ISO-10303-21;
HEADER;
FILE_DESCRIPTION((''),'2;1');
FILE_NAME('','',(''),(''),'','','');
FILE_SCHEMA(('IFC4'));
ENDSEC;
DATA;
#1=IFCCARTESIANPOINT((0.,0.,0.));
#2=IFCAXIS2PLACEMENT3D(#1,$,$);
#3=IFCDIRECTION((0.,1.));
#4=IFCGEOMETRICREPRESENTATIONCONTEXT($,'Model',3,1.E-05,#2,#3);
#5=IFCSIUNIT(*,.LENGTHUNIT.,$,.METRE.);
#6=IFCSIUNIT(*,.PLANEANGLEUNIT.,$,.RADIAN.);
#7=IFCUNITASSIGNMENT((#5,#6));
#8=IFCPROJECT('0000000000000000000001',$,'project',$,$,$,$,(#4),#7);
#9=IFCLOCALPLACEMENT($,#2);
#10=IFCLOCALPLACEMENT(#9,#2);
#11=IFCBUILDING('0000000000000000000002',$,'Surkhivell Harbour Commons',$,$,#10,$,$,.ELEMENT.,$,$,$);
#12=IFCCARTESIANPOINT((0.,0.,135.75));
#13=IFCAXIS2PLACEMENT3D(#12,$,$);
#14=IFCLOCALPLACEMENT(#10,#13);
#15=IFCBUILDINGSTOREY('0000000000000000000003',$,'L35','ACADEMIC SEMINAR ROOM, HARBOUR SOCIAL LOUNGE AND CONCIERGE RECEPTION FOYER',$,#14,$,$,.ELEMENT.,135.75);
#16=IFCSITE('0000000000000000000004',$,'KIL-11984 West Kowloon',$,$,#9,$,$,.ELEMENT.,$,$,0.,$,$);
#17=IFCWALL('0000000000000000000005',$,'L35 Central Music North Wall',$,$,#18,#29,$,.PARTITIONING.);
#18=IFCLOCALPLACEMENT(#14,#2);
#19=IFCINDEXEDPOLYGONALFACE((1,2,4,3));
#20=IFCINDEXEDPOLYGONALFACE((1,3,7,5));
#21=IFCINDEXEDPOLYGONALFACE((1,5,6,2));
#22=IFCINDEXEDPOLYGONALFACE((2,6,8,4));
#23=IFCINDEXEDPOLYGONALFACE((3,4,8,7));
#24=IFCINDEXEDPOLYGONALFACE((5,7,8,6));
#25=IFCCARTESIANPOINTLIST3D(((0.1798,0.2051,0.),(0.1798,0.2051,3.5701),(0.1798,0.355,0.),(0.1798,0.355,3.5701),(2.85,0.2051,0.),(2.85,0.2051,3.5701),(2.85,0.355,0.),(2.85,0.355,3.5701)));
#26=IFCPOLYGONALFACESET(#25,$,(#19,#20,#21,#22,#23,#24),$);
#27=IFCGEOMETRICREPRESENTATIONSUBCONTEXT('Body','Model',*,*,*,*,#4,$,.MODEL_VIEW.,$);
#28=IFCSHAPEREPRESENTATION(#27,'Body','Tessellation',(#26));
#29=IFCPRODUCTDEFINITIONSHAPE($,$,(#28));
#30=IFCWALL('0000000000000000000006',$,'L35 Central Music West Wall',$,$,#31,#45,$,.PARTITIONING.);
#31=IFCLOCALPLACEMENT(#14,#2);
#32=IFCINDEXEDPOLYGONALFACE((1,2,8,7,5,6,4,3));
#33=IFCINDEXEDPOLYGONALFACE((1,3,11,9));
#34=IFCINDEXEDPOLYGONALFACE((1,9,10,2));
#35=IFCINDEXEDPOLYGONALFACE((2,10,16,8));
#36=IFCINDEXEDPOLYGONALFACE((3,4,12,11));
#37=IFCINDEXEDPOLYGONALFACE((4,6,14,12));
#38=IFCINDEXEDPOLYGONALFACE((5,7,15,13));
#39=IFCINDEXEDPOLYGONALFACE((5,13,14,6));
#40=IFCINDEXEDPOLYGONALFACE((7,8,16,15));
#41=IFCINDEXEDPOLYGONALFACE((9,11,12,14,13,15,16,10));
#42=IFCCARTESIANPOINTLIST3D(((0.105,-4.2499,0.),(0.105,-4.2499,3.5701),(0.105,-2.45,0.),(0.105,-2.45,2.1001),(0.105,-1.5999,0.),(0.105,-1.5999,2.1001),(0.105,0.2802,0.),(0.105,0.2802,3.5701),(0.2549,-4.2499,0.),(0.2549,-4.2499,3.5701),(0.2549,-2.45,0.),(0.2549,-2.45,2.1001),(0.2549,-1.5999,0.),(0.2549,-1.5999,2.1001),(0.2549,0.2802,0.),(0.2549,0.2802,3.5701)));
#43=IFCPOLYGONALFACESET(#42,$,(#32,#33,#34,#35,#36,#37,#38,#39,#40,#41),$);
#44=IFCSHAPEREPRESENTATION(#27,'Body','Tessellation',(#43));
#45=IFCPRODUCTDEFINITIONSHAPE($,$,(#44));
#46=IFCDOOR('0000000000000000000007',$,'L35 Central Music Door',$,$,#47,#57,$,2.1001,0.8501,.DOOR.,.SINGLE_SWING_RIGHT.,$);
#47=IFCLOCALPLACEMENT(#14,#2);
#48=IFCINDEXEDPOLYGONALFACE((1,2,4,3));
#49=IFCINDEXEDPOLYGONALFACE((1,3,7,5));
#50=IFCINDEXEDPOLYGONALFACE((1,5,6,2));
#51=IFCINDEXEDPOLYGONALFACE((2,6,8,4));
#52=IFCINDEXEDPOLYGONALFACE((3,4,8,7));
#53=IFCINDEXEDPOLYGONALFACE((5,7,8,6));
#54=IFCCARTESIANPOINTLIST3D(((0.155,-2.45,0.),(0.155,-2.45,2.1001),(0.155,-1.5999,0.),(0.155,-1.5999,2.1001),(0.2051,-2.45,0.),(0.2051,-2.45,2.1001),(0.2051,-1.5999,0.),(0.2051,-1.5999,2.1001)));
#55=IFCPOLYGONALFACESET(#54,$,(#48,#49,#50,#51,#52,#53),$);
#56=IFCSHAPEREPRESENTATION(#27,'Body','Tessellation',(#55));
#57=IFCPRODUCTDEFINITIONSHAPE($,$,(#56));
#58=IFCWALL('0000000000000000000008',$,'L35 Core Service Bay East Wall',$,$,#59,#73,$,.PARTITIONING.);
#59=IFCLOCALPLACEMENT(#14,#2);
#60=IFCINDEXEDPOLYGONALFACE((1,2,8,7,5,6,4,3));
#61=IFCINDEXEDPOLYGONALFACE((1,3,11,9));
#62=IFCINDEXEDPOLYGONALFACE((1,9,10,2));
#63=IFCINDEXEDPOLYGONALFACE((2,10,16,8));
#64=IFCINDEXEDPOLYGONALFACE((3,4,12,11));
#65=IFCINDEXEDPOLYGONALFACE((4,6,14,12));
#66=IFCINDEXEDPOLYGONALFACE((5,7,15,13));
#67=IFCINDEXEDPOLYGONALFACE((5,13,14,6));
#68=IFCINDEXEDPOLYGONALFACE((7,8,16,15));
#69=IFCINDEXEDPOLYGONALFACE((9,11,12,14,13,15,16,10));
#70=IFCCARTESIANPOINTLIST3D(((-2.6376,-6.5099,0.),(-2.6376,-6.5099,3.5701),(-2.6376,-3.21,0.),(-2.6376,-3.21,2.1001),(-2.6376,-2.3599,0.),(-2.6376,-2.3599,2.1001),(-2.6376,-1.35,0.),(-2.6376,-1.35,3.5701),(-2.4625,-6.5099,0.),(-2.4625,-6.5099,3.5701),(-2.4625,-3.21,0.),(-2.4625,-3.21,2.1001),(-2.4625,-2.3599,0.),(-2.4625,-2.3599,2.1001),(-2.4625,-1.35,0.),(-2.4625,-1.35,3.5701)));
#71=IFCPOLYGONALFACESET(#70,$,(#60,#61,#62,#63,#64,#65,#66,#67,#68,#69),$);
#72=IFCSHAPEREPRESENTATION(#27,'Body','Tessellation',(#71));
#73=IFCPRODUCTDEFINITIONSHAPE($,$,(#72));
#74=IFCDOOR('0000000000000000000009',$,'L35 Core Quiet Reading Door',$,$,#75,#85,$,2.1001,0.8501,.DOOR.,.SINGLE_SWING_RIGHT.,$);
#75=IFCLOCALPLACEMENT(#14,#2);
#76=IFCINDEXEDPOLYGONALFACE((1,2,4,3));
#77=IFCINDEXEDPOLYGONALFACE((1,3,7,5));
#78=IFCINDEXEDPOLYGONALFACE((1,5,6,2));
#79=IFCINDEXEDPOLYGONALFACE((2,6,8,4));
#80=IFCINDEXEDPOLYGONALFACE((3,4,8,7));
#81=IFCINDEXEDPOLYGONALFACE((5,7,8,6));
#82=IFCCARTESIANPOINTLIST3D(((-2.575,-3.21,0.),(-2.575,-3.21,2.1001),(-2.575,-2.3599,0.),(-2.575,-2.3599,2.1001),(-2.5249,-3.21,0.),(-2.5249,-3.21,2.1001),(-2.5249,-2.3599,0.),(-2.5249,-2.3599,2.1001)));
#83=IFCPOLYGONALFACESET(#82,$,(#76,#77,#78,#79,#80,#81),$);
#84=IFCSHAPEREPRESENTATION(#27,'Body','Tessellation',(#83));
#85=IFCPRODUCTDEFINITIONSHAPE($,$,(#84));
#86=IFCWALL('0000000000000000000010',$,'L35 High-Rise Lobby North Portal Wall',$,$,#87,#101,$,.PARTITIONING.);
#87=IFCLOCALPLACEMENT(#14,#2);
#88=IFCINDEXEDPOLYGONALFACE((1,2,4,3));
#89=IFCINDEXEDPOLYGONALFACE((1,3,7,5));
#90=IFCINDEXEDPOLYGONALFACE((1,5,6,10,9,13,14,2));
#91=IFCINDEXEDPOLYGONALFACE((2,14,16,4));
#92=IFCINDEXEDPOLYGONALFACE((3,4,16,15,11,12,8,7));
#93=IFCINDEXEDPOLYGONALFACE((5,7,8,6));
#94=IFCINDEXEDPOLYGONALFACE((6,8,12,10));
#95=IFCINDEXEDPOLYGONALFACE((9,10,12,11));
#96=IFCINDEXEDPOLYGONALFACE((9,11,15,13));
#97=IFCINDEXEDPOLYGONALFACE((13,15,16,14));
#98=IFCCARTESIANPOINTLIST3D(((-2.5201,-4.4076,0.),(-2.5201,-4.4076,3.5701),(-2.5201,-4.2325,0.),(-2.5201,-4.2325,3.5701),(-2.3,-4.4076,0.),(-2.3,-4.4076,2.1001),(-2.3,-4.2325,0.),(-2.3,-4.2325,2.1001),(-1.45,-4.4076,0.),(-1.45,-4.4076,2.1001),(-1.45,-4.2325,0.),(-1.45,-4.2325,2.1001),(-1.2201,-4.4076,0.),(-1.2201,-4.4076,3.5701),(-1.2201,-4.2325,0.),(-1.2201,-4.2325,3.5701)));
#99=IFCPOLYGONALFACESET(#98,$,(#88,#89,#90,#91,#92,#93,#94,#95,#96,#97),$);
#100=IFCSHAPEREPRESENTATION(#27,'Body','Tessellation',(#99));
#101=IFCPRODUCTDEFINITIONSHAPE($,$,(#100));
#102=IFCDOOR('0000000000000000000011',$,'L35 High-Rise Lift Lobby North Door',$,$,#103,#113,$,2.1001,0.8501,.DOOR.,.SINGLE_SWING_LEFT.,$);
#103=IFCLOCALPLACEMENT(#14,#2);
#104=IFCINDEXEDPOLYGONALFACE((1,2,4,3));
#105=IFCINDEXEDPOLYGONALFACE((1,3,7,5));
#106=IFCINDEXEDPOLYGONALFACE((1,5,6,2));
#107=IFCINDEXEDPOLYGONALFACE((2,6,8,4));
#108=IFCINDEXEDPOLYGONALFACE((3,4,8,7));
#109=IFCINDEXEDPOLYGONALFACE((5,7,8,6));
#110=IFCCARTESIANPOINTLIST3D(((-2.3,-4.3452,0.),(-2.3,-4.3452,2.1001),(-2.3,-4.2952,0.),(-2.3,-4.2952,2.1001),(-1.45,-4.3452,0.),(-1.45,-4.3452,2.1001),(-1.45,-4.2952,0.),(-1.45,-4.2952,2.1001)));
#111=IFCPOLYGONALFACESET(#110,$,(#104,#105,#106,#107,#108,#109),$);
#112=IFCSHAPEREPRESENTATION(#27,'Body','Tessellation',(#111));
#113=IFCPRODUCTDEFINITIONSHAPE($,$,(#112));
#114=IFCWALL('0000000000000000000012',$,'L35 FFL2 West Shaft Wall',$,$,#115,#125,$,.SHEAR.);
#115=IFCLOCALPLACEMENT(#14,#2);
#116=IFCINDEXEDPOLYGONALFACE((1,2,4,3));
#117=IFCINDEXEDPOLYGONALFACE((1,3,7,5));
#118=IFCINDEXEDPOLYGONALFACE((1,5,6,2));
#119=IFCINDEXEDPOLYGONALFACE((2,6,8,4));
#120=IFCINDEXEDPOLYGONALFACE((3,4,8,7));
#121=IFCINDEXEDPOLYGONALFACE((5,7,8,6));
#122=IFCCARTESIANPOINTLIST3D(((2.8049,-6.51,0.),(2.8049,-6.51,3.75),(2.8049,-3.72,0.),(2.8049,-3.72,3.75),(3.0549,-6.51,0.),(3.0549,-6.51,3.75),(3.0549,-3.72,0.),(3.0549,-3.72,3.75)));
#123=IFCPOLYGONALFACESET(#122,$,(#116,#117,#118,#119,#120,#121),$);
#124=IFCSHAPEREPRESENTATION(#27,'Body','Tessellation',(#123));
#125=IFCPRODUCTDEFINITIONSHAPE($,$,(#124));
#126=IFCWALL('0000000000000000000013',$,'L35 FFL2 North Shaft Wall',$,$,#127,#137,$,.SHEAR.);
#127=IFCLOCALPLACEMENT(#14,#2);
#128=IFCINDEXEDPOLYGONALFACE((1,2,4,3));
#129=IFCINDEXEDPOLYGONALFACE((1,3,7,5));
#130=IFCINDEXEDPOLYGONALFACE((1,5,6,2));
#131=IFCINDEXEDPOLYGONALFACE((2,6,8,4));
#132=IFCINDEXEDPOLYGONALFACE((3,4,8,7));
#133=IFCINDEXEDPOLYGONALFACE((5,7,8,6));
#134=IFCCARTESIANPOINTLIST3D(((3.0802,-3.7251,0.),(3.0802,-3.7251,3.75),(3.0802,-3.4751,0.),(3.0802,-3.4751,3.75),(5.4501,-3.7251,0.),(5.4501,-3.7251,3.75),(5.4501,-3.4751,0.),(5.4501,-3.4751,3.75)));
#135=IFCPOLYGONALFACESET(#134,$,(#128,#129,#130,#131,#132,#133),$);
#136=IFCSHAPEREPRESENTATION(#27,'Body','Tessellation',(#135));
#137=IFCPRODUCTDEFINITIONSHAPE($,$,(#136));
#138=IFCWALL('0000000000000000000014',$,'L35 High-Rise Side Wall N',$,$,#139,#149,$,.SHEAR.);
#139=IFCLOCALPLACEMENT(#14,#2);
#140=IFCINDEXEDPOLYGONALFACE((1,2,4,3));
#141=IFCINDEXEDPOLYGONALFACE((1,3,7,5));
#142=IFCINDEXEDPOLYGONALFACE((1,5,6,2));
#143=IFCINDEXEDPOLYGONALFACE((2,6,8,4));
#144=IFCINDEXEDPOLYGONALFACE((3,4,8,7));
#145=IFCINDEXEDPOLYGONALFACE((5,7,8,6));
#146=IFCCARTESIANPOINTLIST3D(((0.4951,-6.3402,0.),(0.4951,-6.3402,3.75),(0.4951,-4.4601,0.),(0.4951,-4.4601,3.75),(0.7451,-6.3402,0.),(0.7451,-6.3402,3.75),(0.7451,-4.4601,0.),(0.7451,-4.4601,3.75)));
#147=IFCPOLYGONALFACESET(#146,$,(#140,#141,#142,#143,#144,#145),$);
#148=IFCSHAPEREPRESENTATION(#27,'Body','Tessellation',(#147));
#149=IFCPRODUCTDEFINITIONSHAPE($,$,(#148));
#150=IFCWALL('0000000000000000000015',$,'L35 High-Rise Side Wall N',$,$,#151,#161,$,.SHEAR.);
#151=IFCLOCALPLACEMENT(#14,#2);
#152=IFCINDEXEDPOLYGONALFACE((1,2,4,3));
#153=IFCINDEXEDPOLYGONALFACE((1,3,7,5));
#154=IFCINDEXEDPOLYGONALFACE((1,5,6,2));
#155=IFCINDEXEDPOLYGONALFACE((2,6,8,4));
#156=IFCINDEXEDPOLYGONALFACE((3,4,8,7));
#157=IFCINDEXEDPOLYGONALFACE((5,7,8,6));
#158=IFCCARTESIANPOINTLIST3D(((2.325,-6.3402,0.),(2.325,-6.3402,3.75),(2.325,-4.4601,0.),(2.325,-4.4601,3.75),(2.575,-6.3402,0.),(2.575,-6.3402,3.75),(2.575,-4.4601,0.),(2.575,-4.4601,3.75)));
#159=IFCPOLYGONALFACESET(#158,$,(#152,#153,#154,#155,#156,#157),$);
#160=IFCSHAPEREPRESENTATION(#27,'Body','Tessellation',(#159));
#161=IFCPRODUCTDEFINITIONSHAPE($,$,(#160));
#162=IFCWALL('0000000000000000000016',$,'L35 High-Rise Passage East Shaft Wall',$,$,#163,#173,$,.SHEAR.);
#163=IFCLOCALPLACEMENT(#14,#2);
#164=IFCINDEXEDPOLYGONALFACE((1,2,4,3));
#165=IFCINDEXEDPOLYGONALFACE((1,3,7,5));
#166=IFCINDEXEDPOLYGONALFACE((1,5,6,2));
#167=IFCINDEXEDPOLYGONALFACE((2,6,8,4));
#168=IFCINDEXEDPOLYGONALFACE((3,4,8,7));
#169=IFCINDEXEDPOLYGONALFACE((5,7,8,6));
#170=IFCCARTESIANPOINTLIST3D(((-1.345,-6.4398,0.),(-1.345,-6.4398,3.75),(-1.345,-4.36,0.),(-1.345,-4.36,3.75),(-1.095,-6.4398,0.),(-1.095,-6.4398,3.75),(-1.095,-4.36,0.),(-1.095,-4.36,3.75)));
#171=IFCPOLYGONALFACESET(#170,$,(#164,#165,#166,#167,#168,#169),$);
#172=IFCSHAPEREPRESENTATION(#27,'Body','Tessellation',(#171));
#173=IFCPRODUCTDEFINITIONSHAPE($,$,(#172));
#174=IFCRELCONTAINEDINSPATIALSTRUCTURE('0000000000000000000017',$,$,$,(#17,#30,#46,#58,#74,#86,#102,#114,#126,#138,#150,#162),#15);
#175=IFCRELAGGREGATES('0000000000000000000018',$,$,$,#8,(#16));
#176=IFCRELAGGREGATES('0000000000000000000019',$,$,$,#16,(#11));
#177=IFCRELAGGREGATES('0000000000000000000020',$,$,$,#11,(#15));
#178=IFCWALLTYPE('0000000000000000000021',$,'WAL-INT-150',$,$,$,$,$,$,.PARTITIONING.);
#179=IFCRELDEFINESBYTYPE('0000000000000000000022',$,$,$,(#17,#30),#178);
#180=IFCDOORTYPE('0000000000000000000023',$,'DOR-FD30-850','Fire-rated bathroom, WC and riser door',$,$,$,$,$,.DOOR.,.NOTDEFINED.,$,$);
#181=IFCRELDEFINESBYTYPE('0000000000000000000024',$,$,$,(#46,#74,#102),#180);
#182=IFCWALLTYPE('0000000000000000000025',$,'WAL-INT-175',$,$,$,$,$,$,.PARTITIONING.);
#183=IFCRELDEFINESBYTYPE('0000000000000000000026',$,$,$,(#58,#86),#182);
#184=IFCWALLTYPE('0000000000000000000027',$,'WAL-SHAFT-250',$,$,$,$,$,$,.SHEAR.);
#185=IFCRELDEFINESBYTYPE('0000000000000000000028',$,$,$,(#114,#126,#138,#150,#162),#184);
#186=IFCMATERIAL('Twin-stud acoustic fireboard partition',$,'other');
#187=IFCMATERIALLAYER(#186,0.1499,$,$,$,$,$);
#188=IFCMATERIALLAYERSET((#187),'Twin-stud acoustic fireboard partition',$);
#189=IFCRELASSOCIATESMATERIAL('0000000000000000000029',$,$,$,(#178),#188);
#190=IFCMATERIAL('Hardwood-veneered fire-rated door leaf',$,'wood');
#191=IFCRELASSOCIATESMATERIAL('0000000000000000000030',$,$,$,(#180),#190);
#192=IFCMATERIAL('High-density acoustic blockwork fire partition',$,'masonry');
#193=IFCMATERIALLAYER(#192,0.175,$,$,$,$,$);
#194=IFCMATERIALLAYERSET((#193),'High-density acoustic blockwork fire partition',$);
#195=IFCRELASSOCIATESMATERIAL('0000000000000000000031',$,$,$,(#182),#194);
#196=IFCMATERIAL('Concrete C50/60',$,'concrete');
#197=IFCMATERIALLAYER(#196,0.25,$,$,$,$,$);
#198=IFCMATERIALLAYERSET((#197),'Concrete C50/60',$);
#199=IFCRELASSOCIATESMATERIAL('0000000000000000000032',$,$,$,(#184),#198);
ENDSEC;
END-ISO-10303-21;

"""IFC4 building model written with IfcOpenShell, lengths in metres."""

from ifc_helpers import new_model, si_unit, direction, frame, frame_2d, origin, place, context, subcontext, project, spatial, rectangle, extrude, material, layer, layer_set, type_object, element, fill, save


model = new_model("IFC4")

# Units and contexts
model_context = context("Model", 3, precision=1e-05, world=origin(), true_north=direction((0.0, 1.0)))
body_context = subcontext(model_context, "Body", "Model", "MODEL_VIEW")
ifc_project = project(units=[si_unit("LENGTHUNIT", "METRE"), si_unit("PLANEANGLEUNIT", "RADIAN")], contexts=[model_context])

# Site, building, storey
site_placement = place(None, origin())
site = spatial("IfcSite", under=ifc_project, at=site_placement, Name="KIL-11984 West Kowloon", CompositionType="ELEMENT", RefElevation=0.0)
building_placement = place(site_placement, origin())
building = spatial("IfcBuilding", under=site, at=building_placement, Name="Surkhivell Harbour Commons", CompositionType="ELEMENT")
storey_placement = place(building_placement, frame((0.0, 0.0, 135.75)))
storey = spatial("IfcBuildingStorey", under=building, at=storey_placement, Name="L35", Description="ACADEMIC SEMINAR ROOM, HARBOUR SOCIAL LOUNGE AND CONCIERGE RECEPTION FOYER", CompositionType="ELEMENT", Elevation=135.75)

# Wall
ifc_material_1 = material(Name="Twin-stud acoustic fireboard partition", Category="other")
ifc_layer_1 = layer(ifc_material_1, 0.1499)
ifc_layer_set_1 = layer_set([ifc_layer_1], Name="Twin-stud acoustic fireboard partition")
wall_type_1 = type_object("IfcWallType", Name="WAL-INT-150", PredefinedType="PARTITIONING", material=ifc_layer_set_1)
wall_1_placement = place(storey_placement, frame((0.1799, 0.28, 0.0), z_axis=(0.0, 0.0, 1.0), x_axis=(1.0, 0.0, 0.0)))
element("IfcWall", 1, at=wall_1_placement, inside=storey, type_object=wall_type_1, Name="L35 Central Music North Wall", PredefinedType="PARTITIONING", context=body_context, shape_type="SweptSolid", body=[
    extrude(rectangle(XDim=2.6702, YDim=0.1499, at=frame_2d((1.335, 0.0))), origin(), (0.0, 0.0, 1.0), 3.5701),
])

# Walls, openings, doors
wall_2_placement = place(storey_placement, frame((0.1799, -4.25, 0.0), z_axis=(0.0, 0.0, 1.0), x_axis=(0.0, 1.0, 0.0)))
wall_2 = element("IfcWall", 2, at=wall_2_placement, inside=storey, type_object=wall_type_1, Name="L35 Central Music West Wall", PredefinedType="PARTITIONING", context=body_context, shape_type="SweptSolid", body=[
    extrude(rectangle(XDim=4.53, YDim=0.1499, at=frame_2d((2.2651, 0.0))), origin(), (0.0, 0.0, 1.0), 3.5701),
])
opening_1_placement = place(wall_2_placement, frame((1.8, 0.0, 0.0)))
opening_1 = element("IfcOpeningElement", 3, at=opening_1_placement, cuts=wall_2, PredefinedType="OPENING", context=body_context, shape_type="SweptSolid", body=[
    extrude(rectangle(XDim=0.8501, YDim=2.1001, at=frame_2d((0.425, 1.05))), frame((0.0, 0.085, 0.0), z_axis=(0.0, -1.0, 0.0), x_axis=(1.0, 0.0, 0.0)), (0.0, 0.0, 1.0), 0.1699),
])
ifc_material_2 = material(Name="Hardwood-veneered fire-rated door leaf", Category="wood")
door_type_1 = type_object("IfcDoorType", Name="DOR-FD30-850", Description="Fire-rated bathroom, WC and riser door", OperationType="NOTDEFINED", PredefinedType="DOOR", material=ifc_material_2)
door_1_placement = place(opening_1_placement, origin())
door_1 = element("IfcDoor", 4, at=door_1_placement, inside=storey, type_object=door_type_1, Name="L35 Central Music Door", OperationType="SINGLE_SWING_RIGHT", OverallHeight=2.1001, OverallWidth=0.8501, PredefinedType="DOOR", context=body_context, shape_type="SweptSolid", body=[
    extrude(rectangle(XDim=0.8501, YDim=2.1001, at=frame_2d((0.425, 1.05))), frame((0.0, 0.0249, 0.0), z_axis=(0.0, -1.0, 0.0), x_axis=(1.0, 0.0, 0.0)), (0.0, 0.0, 1.0), 0.05),
])
fill(opening_1, door_1)
ifc_material_3 = material(Name="High-density acoustic blockwork fire partition", Category="masonry")
ifc_layer_2 = layer(ifc_material_3, 0.175)
ifc_layer_set_2 = layer_set([ifc_layer_2], Name="High-density acoustic blockwork fire partition")
wall_type_2 = type_object("IfcWallType", Name="WAL-INT-175", PredefinedType="PARTITIONING", material=ifc_layer_set_2)
wall_3_placement = place(storey_placement, frame((-2.55, -6.51, 0.0), z_axis=(0.0, 0.0, 1.0), x_axis=(0.0, 1.0, 0.0)))
wall_3 = element("IfcWall", 5, at=wall_3_placement, inside=storey, type_object=wall_type_2, Name="L35 Core Service Bay East Wall", PredefinedType="PARTITIONING", context=body_context, shape_type="SweptSolid", body=[
    extrude(rectangle(XDim=5.1599, YDim=0.175, at=frame_2d((2.5801, 0.0))), origin(), (0.0, 0.0, 1.0), 3.5701),
])
opening_2_placement = place(wall_3_placement, frame((3.3, 0.0, 0.0)))
opening_2 = element("IfcOpeningElement", 6, at=opening_2_placement, cuts=wall_3, PredefinedType="OPENING", context=body_context, shape_type="SweptSolid", body=[
    extrude(rectangle(XDim=0.8501, YDim=2.1001, at=frame_2d((0.425, 1.05))), frame((0.0, 0.0974, 0.0), z_axis=(0.0, -1.0, 0.0), x_axis=(1.0, 0.0, 0.0)), (0.0, 0.0, 1.0), 0.1951),
])
door_2_placement = place(opening_2_placement, origin())
door_2 = element("IfcDoor", 7, at=door_2_placement, inside=storey, type_object=door_type_1, Name="L35 Core Quiet Reading Door", OperationType="SINGLE_SWING_RIGHT", OverallHeight=2.1001, OverallWidth=0.8501, PredefinedType="DOOR", context=body_context, shape_type="SweptSolid", body=[
    extrude(rectangle(XDim=0.8501, YDim=2.1001, at=frame_2d((0.425, 1.05))), frame((0.0, 0.0249, 0.0), z_axis=(0.0, -1.0, 0.0), x_axis=(1.0, 0.0, 0.0)), (0.0, 0.0, 1.0), 0.05),
])
fill(opening_2, door_2)
wall_4_placement = place(storey_placement, frame((-2.52, -4.3201, 0.0), z_axis=(0.0, 0.0, 1.0), x_axis=(1.0, 0.0, 0.0)))
wall_4 = element("IfcWall", 8, at=wall_4_placement, inside=storey, type_object=wall_type_2, Name="L35 High-Rise Lobby North Portal Wall", PredefinedType="PARTITIONING", context=body_context, shape_type="SweptSolid", body=[
    extrude(rectangle(XDim=1.3, YDim=0.175, at=frame_2d((0.6499, 0.0))), origin(), (0.0, 0.0, 1.0), 3.5701),
])
opening_3_placement = place(wall_4_placement, frame((0.22, 0.0, 0.0)))
opening_3 = element("IfcOpeningElement", 9, at=opening_3_placement, cuts=wall_4, PredefinedType="OPENING", context=body_context, shape_type="SweptSolid", body=[
    extrude(rectangle(XDim=0.8501, YDim=2.1001, at=frame_2d((0.425, 1.05))), frame((0.0, 0.0974, 0.0), z_axis=(0.0, -1.0, 0.0), x_axis=(1.0, 0.0, 0.0)), (0.0, 0.0, 1.0), 0.1951),
])
door_3_placement = place(opening_3_placement, origin())
door_3 = element("IfcDoor", 10, at=door_3_placement, inside=storey, type_object=door_type_1, Name="L35 High-Rise Lift Lobby North Door", OperationType="SINGLE_SWING_LEFT", OverallHeight=2.1001, OverallWidth=0.8501, PredefinedType="DOOR", context=body_context, shape_type="SweptSolid", body=[
    extrude(rectangle(XDim=0.8501, YDim=2.1001, at=frame_2d((0.425, 1.05))), frame((0.0, 0.0249, 0.0), z_axis=(0.0, -1.0, 0.0), x_axis=(1.0, 0.0, 0.0)), (0.0, 0.0, 1.0), 0.05),
])
fill(opening_3, door_3)

# Walls
ifc_material_4 = material(Name="Concrete C50/60", Category="concrete")
ifc_layer_3 = layer(ifc_material_4, 0.25)
ifc_layer_set_3 = layer_set([ifc_layer_3], Name="Concrete C50/60")
wall_type_3 = type_object("IfcWallType", Name="WAL-SHAFT-250", PredefinedType="SHEAR", material=ifc_layer_set_3)
wall_5_placement = place(storey_placement, frame((2.9299, -6.51, 0.0), z_axis=(0.0, 0.0, 1.0), x_axis=(0.0, 1.0, 0.0)))
element("IfcWall", 11, at=wall_5_placement, inside=storey, type_object=wall_type_3, Name="L35 FFL2 West Shaft Wall", PredefinedType="SHEAR", context=body_context, shape_type="SweptSolid", body=[
    extrude(rectangle(XDim=2.79, YDim=0.25, at=frame_2d((1.395, 0.0))), origin(), (0.0, 0.0, 1.0), 3.75),
])
wall_6_placement = place(storey_placement, frame((3.0801, -3.6001, 0.0), z_axis=(0.0, 0.0, 1.0), x_axis=(1.0, 0.0, 0.0)))
element("IfcWall", 12, at=wall_6_placement, inside=storey, type_object=wall_type_3, Name="L35 FFL2 North Shaft Wall", PredefinedType="SHEAR", context=body_context, shape_type="SweptSolid", body=[
    extrude(rectangle(XDim=2.3699, YDim=0.25, at=frame_2d((1.1851, 0.0))), origin(), (0.0, 0.0, 1.0), 3.75),
])
for number, where, z_axis, x_axis, name in (
    (13, (0.6201, -6.3401, 0.0), (0.0, 0.0, 1.0), (0.0, 1.0, 0.0), "L35 High-Rise Side Wall N"),
    (14, (2.45, -6.3401, 0.0), (0.0, 0.0, 1.0), (0.0, 1.0, 0.0), "L35 High-Rise Side Wall N"),
):
    element("IfcWall", number, at=place(storey_placement, frame(where, z_axis=z_axis, x_axis=x_axis)), inside=storey, type_object=wall_type_3, Name=name, PredefinedType="SHEAR", context=body_context, shape_type="SweptSolid", body=[
        extrude(rectangle(XDim=1.8801, YDim=0.25, at=frame_2d((0.9399, 0.0))), origin(), (0.0, 0.0, 1.0), 3.75),
    ])
wall_7_placement = place(storey_placement, frame((-1.22, -6.4399, 0.0), z_axis=(0.0, 0.0, 1.0), x_axis=(0.0, 1.0, 0.0)))
element("IfcWall", 15, at=wall_7_placement, inside=storey, type_object=wall_type_3, Name="L35 High-Rise Passage East Shaft Wall", PredefinedType="SHEAR", context=body_context, shape_type="SweptSolid", body=[
    extrude(rectangle(XDim=2.0798, YDim=0.25, at=frame_2d((1.04, 0.0))), origin(), (0.0, 0.0, 1.0), 3.75),
])

save(model, "model.ifc")
